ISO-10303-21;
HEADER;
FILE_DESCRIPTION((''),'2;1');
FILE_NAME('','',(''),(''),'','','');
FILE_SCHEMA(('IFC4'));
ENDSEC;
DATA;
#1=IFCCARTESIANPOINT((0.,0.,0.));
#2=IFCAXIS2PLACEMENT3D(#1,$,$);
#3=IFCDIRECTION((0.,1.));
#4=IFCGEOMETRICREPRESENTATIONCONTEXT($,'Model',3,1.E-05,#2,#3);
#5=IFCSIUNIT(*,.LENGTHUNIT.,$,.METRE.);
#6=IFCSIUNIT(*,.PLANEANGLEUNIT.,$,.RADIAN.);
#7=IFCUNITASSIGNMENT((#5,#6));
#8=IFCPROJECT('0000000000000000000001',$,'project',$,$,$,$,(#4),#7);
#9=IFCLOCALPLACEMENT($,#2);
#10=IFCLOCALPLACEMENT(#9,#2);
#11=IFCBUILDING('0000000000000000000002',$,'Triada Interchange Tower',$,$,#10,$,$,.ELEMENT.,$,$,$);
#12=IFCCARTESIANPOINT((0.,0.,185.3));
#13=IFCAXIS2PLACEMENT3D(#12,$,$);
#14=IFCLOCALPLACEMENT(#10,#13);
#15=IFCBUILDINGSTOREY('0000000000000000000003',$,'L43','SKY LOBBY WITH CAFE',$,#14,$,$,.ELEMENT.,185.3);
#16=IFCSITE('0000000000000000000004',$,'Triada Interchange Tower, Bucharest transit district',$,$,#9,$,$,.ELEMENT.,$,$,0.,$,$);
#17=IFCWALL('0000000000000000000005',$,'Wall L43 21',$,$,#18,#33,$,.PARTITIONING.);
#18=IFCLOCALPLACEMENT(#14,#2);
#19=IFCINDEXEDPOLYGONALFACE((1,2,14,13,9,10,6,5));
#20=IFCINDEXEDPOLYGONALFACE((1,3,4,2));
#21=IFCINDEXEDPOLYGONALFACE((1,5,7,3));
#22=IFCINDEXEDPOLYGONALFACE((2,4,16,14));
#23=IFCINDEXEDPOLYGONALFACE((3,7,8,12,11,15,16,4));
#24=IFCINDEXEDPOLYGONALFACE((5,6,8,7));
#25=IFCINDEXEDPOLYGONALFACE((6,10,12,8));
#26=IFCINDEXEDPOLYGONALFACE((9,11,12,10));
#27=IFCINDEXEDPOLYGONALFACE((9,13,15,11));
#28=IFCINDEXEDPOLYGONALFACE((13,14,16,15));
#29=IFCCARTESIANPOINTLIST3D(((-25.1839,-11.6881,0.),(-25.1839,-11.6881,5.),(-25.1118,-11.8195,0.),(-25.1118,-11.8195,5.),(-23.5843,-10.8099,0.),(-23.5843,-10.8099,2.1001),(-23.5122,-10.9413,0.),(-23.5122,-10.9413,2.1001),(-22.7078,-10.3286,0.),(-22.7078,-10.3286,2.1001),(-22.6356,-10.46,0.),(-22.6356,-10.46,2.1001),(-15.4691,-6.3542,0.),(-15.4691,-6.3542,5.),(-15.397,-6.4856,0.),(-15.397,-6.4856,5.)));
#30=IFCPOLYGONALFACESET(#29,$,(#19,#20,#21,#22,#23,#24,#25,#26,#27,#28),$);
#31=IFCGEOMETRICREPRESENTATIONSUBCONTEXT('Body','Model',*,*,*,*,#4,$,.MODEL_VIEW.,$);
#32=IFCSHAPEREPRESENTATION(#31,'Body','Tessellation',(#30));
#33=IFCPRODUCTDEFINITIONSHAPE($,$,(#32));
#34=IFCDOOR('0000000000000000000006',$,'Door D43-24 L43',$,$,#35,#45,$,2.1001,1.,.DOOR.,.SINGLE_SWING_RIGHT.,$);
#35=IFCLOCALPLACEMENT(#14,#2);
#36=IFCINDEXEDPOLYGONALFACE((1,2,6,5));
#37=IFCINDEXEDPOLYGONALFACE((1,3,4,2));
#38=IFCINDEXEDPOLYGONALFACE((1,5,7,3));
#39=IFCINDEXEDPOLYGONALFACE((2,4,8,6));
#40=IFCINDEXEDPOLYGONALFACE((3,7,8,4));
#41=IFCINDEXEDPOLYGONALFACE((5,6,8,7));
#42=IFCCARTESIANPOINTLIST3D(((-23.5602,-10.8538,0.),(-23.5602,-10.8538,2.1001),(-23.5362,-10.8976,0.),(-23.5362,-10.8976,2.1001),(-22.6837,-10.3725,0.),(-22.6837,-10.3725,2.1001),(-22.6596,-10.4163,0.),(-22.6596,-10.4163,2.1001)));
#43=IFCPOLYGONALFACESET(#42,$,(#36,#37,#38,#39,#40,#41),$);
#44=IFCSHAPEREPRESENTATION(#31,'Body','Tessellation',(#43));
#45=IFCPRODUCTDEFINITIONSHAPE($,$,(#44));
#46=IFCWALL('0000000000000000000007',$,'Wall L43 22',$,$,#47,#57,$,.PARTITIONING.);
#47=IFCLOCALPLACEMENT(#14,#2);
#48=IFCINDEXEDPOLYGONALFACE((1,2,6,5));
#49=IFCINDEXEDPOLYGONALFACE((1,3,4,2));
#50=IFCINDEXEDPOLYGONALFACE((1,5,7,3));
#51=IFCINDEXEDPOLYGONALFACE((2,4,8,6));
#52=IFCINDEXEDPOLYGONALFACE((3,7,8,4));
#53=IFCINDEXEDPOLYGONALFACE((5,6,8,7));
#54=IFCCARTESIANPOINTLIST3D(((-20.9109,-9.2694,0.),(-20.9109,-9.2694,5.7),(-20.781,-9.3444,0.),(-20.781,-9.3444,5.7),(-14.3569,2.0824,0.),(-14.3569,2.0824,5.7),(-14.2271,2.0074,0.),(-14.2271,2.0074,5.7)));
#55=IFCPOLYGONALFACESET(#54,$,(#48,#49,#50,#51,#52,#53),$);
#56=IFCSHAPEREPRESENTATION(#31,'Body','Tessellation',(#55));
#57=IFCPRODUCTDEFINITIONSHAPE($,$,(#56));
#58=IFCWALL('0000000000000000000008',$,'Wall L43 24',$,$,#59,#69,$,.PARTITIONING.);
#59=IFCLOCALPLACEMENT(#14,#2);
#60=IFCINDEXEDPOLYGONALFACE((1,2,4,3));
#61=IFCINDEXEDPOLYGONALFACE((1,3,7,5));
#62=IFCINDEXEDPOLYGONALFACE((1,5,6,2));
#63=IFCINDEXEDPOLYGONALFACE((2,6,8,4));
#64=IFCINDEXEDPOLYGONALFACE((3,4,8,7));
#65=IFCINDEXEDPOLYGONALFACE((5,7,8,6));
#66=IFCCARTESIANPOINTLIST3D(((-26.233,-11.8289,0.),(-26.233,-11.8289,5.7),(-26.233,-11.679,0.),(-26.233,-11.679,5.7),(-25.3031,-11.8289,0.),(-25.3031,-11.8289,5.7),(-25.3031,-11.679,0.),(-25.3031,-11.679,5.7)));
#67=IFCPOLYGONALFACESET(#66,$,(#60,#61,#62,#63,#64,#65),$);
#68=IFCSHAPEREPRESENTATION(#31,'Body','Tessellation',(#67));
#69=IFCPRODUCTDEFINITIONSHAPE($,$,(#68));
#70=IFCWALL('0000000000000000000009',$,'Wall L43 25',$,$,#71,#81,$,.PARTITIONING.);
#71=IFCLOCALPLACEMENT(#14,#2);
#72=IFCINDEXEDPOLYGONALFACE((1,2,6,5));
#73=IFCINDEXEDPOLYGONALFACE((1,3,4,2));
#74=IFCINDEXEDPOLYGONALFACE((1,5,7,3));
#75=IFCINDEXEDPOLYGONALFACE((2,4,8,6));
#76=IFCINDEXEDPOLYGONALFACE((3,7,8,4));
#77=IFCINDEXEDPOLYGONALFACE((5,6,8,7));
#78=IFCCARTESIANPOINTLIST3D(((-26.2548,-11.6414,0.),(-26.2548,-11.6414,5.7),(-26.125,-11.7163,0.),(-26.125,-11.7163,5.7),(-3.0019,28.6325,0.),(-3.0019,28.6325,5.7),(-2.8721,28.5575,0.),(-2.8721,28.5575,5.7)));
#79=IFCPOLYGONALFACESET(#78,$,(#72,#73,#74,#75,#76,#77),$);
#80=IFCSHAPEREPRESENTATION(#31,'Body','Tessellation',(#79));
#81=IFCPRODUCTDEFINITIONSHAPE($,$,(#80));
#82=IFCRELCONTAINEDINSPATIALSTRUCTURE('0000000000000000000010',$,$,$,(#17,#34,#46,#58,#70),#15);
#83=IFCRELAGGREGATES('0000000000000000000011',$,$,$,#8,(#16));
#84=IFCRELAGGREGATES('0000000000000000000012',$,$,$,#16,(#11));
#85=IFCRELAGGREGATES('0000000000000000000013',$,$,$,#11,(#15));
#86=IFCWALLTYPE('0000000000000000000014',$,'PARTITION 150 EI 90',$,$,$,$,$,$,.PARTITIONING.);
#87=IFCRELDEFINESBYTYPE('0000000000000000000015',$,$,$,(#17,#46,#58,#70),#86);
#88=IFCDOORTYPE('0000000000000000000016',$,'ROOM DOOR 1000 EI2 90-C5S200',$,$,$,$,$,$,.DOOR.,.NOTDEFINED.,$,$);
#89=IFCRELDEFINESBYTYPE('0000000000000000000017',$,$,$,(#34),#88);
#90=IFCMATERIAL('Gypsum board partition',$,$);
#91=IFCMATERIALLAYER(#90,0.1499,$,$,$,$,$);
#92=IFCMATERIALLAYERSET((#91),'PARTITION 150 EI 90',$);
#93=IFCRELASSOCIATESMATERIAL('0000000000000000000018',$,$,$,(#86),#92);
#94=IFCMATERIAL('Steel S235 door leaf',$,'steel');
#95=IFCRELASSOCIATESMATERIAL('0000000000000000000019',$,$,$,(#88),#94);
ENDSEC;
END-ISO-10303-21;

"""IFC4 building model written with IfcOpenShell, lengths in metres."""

from ifc_helpers import new_model, si_unit, direction, frame, frame_2d, origin, place, context, subcontext, project, spatial, rectangle, extrude, material, layer, layer_set, type_object, element, fill, save


model = new_model("IFC4")

# Units and contexts
model_context = context("Model", 3, precision=1e-05, world=origin(), true_north=direction((0.0, 1.0)))
body_context = subcontext(model_context, "Body", "Model", "MODEL_VIEW")
ifc_project = project(units=[si_unit("LENGTHUNIT", "METRE"), si_unit("PLANEANGLEUNIT", "RADIAN")], contexts=[model_context])

# Site, building, storey
site_placement = place(None, origin())
site = spatial("IfcSite", under=ifc_project, at=site_placement, Name="Triada Interchange Tower, Bucharest transit district", CompositionType="ELEMENT", RefElevation=0.0)
building_placement = place(site_placement, origin())
building = spatial("IfcBuilding", under=site, at=building_placement, Name="Triada Interchange Tower", CompositionType="ELEMENT")
storey_placement = place(building_placement, frame((0.0, 0.0, 185.3)))
storey = spatial("IfcBuildingStorey", under=building, at=storey_placement, Name="L43", Description="SKY LOBBY WITH CAFE", CompositionType="ELEMENT", Elevation=185.3)

# Wall, opening, door
ifc_material_1 = material(Name="Gypsum board partition")
ifc_layer_1 = layer(ifc_material_1, 0.1499)
ifc_layer_set_1 = layer_set([ifc_layer_1], Name="PARTITION 150 EI 90")
wall_type = type_object("IfcWallType", Name="PARTITION 150 EI 90", PredefinedType="PARTITIONING", material=ifc_layer_set_1)
wall_1_placement = place(storey_placement, frame((-25.1479, -11.7539, 0.0), z_axis=(0.0, 0.0, 1.0), x_axis=(0.876565, 0.481283, 0.0)))
wall_1 = element("IfcWall", 1, at=wall_1_placement, inside=storey, type_object=wall_type, Name="Wall L43 21", PredefinedType="PARTITIONING", context=body_context, shape_type="SweptSolid", body=[
    extrude(rectangle(XDim=11.0828, YDim=0.1499, at=frame_2d((5.5415, 0.0))), origin(), (0.0, 0.0, 1.0), 5.0),
])
opening_placement = place(wall_1_placement, frame((1.825, 0.0, 0.0)))
opening = element("IfcOpeningElement", 2, at=opening_placement, cuts=wall_1, PredefinedType="OPENING", context=body_context, shape_type="SweptSolid", body=[
    extrude(rectangle(XDim=1.0, YDim=2.1001, at=frame_2d((0.5, 1.05))), frame((0.0, 0.085, 0.0), z_axis=(0.0, -1.0, 0.0), x_axis=(1.0, 0.0, 0.0)), (0.0, 0.0, 1.0), 0.1699),
])
ifc_material_2 = material(Name="Steel S235 door leaf", Category="steel")
door_type = type_object("IfcDoorType", Name="ROOM DOOR 1000 EI2 90-C5S200", OperationType="NOTDEFINED", PredefinedType="DOOR", material=ifc_material_2)
door_placement = place(opening_placement, origin())
door = element("IfcDoor", 3, at=door_placement, inside=storey, type_object=door_type, Name="Door D43-24 L43", OperationType="SINGLE_SWING_RIGHT", OverallHeight=2.1001, OverallWidth=1.0, PredefinedType="DOOR", context=body_context, shape_type="SweptSolid", body=[
    extrude(rectangle(XDim=1.0, YDim=2.1001, at=frame_2d((0.5, 1.05))), frame((0.0, 0.0249, 0.0), z_axis=(0.0, -1.0, 0.0), x_axis=(1.0, 0.0, 0.0)), (0.0, 0.0, 1.0), 0.05),
])
fill(opening, door)

# Walls
wall_2_placement = place(storey_placement, frame((-20.8459, -9.3069, 0.0), z_axis=(0.0, 0.0, 1.0), x_axis=(0.499999, 0.866026, 0.0)))
element("IfcWall", 4, at=wall_2_placement, inside=storey, type_object=wall_type, Name="Wall L43 22", PredefinedType="PARTITIONING", context=body_context, shape_type="SweptSolid", body=[
    extrude(rectangle(XDim=13.1079, YDim=0.1499, at=frame_2d((6.554, 0.0))), origin(), (0.0, 0.0, 1.0), 5.7),
])
wall_3_placement = place(storey_placement, frame((-26.2329, -11.7539, 0.0), z_axis=(0.0, 0.0, 1.0), x_axis=(1.0, 0.0, 0.0)))
element("IfcWall", 5, at=wall_3_placement, inside=storey, type_object=wall_type, Name="Wall L43 24", PredefinedType="PARTITIONING", context=body_context, shape_type="SweptSolid", body=[
    extrude(rectangle(XDim=0.9299, YDim=0.1499, at=frame_2d((0.4648, 0.0))), origin(), (0.0, 0.0, 1.0), 5.7),
])
wall_4_placement = place(storey_placement, frame((-26.1899, -11.679, 0.0), z_axis=(0.0, 0.0, 1.0), x_axis=(0.500012, 0.866018, 0.0)))
element("IfcWall", 6, at=wall_4_placement, inside=storey, type_object=wall_type, Name="Wall L43 25", PredefinedType="PARTITIONING", context=body_context, shape_type="SweptSolid", body=[
    extrude(rectangle(XDim=46.5046, YDim=0.1499, at=frame_2d((23.2524, 0.0))), origin(), (0.0, 0.0, 1.0), 5.7),
])

save(model, "model.ifc")
